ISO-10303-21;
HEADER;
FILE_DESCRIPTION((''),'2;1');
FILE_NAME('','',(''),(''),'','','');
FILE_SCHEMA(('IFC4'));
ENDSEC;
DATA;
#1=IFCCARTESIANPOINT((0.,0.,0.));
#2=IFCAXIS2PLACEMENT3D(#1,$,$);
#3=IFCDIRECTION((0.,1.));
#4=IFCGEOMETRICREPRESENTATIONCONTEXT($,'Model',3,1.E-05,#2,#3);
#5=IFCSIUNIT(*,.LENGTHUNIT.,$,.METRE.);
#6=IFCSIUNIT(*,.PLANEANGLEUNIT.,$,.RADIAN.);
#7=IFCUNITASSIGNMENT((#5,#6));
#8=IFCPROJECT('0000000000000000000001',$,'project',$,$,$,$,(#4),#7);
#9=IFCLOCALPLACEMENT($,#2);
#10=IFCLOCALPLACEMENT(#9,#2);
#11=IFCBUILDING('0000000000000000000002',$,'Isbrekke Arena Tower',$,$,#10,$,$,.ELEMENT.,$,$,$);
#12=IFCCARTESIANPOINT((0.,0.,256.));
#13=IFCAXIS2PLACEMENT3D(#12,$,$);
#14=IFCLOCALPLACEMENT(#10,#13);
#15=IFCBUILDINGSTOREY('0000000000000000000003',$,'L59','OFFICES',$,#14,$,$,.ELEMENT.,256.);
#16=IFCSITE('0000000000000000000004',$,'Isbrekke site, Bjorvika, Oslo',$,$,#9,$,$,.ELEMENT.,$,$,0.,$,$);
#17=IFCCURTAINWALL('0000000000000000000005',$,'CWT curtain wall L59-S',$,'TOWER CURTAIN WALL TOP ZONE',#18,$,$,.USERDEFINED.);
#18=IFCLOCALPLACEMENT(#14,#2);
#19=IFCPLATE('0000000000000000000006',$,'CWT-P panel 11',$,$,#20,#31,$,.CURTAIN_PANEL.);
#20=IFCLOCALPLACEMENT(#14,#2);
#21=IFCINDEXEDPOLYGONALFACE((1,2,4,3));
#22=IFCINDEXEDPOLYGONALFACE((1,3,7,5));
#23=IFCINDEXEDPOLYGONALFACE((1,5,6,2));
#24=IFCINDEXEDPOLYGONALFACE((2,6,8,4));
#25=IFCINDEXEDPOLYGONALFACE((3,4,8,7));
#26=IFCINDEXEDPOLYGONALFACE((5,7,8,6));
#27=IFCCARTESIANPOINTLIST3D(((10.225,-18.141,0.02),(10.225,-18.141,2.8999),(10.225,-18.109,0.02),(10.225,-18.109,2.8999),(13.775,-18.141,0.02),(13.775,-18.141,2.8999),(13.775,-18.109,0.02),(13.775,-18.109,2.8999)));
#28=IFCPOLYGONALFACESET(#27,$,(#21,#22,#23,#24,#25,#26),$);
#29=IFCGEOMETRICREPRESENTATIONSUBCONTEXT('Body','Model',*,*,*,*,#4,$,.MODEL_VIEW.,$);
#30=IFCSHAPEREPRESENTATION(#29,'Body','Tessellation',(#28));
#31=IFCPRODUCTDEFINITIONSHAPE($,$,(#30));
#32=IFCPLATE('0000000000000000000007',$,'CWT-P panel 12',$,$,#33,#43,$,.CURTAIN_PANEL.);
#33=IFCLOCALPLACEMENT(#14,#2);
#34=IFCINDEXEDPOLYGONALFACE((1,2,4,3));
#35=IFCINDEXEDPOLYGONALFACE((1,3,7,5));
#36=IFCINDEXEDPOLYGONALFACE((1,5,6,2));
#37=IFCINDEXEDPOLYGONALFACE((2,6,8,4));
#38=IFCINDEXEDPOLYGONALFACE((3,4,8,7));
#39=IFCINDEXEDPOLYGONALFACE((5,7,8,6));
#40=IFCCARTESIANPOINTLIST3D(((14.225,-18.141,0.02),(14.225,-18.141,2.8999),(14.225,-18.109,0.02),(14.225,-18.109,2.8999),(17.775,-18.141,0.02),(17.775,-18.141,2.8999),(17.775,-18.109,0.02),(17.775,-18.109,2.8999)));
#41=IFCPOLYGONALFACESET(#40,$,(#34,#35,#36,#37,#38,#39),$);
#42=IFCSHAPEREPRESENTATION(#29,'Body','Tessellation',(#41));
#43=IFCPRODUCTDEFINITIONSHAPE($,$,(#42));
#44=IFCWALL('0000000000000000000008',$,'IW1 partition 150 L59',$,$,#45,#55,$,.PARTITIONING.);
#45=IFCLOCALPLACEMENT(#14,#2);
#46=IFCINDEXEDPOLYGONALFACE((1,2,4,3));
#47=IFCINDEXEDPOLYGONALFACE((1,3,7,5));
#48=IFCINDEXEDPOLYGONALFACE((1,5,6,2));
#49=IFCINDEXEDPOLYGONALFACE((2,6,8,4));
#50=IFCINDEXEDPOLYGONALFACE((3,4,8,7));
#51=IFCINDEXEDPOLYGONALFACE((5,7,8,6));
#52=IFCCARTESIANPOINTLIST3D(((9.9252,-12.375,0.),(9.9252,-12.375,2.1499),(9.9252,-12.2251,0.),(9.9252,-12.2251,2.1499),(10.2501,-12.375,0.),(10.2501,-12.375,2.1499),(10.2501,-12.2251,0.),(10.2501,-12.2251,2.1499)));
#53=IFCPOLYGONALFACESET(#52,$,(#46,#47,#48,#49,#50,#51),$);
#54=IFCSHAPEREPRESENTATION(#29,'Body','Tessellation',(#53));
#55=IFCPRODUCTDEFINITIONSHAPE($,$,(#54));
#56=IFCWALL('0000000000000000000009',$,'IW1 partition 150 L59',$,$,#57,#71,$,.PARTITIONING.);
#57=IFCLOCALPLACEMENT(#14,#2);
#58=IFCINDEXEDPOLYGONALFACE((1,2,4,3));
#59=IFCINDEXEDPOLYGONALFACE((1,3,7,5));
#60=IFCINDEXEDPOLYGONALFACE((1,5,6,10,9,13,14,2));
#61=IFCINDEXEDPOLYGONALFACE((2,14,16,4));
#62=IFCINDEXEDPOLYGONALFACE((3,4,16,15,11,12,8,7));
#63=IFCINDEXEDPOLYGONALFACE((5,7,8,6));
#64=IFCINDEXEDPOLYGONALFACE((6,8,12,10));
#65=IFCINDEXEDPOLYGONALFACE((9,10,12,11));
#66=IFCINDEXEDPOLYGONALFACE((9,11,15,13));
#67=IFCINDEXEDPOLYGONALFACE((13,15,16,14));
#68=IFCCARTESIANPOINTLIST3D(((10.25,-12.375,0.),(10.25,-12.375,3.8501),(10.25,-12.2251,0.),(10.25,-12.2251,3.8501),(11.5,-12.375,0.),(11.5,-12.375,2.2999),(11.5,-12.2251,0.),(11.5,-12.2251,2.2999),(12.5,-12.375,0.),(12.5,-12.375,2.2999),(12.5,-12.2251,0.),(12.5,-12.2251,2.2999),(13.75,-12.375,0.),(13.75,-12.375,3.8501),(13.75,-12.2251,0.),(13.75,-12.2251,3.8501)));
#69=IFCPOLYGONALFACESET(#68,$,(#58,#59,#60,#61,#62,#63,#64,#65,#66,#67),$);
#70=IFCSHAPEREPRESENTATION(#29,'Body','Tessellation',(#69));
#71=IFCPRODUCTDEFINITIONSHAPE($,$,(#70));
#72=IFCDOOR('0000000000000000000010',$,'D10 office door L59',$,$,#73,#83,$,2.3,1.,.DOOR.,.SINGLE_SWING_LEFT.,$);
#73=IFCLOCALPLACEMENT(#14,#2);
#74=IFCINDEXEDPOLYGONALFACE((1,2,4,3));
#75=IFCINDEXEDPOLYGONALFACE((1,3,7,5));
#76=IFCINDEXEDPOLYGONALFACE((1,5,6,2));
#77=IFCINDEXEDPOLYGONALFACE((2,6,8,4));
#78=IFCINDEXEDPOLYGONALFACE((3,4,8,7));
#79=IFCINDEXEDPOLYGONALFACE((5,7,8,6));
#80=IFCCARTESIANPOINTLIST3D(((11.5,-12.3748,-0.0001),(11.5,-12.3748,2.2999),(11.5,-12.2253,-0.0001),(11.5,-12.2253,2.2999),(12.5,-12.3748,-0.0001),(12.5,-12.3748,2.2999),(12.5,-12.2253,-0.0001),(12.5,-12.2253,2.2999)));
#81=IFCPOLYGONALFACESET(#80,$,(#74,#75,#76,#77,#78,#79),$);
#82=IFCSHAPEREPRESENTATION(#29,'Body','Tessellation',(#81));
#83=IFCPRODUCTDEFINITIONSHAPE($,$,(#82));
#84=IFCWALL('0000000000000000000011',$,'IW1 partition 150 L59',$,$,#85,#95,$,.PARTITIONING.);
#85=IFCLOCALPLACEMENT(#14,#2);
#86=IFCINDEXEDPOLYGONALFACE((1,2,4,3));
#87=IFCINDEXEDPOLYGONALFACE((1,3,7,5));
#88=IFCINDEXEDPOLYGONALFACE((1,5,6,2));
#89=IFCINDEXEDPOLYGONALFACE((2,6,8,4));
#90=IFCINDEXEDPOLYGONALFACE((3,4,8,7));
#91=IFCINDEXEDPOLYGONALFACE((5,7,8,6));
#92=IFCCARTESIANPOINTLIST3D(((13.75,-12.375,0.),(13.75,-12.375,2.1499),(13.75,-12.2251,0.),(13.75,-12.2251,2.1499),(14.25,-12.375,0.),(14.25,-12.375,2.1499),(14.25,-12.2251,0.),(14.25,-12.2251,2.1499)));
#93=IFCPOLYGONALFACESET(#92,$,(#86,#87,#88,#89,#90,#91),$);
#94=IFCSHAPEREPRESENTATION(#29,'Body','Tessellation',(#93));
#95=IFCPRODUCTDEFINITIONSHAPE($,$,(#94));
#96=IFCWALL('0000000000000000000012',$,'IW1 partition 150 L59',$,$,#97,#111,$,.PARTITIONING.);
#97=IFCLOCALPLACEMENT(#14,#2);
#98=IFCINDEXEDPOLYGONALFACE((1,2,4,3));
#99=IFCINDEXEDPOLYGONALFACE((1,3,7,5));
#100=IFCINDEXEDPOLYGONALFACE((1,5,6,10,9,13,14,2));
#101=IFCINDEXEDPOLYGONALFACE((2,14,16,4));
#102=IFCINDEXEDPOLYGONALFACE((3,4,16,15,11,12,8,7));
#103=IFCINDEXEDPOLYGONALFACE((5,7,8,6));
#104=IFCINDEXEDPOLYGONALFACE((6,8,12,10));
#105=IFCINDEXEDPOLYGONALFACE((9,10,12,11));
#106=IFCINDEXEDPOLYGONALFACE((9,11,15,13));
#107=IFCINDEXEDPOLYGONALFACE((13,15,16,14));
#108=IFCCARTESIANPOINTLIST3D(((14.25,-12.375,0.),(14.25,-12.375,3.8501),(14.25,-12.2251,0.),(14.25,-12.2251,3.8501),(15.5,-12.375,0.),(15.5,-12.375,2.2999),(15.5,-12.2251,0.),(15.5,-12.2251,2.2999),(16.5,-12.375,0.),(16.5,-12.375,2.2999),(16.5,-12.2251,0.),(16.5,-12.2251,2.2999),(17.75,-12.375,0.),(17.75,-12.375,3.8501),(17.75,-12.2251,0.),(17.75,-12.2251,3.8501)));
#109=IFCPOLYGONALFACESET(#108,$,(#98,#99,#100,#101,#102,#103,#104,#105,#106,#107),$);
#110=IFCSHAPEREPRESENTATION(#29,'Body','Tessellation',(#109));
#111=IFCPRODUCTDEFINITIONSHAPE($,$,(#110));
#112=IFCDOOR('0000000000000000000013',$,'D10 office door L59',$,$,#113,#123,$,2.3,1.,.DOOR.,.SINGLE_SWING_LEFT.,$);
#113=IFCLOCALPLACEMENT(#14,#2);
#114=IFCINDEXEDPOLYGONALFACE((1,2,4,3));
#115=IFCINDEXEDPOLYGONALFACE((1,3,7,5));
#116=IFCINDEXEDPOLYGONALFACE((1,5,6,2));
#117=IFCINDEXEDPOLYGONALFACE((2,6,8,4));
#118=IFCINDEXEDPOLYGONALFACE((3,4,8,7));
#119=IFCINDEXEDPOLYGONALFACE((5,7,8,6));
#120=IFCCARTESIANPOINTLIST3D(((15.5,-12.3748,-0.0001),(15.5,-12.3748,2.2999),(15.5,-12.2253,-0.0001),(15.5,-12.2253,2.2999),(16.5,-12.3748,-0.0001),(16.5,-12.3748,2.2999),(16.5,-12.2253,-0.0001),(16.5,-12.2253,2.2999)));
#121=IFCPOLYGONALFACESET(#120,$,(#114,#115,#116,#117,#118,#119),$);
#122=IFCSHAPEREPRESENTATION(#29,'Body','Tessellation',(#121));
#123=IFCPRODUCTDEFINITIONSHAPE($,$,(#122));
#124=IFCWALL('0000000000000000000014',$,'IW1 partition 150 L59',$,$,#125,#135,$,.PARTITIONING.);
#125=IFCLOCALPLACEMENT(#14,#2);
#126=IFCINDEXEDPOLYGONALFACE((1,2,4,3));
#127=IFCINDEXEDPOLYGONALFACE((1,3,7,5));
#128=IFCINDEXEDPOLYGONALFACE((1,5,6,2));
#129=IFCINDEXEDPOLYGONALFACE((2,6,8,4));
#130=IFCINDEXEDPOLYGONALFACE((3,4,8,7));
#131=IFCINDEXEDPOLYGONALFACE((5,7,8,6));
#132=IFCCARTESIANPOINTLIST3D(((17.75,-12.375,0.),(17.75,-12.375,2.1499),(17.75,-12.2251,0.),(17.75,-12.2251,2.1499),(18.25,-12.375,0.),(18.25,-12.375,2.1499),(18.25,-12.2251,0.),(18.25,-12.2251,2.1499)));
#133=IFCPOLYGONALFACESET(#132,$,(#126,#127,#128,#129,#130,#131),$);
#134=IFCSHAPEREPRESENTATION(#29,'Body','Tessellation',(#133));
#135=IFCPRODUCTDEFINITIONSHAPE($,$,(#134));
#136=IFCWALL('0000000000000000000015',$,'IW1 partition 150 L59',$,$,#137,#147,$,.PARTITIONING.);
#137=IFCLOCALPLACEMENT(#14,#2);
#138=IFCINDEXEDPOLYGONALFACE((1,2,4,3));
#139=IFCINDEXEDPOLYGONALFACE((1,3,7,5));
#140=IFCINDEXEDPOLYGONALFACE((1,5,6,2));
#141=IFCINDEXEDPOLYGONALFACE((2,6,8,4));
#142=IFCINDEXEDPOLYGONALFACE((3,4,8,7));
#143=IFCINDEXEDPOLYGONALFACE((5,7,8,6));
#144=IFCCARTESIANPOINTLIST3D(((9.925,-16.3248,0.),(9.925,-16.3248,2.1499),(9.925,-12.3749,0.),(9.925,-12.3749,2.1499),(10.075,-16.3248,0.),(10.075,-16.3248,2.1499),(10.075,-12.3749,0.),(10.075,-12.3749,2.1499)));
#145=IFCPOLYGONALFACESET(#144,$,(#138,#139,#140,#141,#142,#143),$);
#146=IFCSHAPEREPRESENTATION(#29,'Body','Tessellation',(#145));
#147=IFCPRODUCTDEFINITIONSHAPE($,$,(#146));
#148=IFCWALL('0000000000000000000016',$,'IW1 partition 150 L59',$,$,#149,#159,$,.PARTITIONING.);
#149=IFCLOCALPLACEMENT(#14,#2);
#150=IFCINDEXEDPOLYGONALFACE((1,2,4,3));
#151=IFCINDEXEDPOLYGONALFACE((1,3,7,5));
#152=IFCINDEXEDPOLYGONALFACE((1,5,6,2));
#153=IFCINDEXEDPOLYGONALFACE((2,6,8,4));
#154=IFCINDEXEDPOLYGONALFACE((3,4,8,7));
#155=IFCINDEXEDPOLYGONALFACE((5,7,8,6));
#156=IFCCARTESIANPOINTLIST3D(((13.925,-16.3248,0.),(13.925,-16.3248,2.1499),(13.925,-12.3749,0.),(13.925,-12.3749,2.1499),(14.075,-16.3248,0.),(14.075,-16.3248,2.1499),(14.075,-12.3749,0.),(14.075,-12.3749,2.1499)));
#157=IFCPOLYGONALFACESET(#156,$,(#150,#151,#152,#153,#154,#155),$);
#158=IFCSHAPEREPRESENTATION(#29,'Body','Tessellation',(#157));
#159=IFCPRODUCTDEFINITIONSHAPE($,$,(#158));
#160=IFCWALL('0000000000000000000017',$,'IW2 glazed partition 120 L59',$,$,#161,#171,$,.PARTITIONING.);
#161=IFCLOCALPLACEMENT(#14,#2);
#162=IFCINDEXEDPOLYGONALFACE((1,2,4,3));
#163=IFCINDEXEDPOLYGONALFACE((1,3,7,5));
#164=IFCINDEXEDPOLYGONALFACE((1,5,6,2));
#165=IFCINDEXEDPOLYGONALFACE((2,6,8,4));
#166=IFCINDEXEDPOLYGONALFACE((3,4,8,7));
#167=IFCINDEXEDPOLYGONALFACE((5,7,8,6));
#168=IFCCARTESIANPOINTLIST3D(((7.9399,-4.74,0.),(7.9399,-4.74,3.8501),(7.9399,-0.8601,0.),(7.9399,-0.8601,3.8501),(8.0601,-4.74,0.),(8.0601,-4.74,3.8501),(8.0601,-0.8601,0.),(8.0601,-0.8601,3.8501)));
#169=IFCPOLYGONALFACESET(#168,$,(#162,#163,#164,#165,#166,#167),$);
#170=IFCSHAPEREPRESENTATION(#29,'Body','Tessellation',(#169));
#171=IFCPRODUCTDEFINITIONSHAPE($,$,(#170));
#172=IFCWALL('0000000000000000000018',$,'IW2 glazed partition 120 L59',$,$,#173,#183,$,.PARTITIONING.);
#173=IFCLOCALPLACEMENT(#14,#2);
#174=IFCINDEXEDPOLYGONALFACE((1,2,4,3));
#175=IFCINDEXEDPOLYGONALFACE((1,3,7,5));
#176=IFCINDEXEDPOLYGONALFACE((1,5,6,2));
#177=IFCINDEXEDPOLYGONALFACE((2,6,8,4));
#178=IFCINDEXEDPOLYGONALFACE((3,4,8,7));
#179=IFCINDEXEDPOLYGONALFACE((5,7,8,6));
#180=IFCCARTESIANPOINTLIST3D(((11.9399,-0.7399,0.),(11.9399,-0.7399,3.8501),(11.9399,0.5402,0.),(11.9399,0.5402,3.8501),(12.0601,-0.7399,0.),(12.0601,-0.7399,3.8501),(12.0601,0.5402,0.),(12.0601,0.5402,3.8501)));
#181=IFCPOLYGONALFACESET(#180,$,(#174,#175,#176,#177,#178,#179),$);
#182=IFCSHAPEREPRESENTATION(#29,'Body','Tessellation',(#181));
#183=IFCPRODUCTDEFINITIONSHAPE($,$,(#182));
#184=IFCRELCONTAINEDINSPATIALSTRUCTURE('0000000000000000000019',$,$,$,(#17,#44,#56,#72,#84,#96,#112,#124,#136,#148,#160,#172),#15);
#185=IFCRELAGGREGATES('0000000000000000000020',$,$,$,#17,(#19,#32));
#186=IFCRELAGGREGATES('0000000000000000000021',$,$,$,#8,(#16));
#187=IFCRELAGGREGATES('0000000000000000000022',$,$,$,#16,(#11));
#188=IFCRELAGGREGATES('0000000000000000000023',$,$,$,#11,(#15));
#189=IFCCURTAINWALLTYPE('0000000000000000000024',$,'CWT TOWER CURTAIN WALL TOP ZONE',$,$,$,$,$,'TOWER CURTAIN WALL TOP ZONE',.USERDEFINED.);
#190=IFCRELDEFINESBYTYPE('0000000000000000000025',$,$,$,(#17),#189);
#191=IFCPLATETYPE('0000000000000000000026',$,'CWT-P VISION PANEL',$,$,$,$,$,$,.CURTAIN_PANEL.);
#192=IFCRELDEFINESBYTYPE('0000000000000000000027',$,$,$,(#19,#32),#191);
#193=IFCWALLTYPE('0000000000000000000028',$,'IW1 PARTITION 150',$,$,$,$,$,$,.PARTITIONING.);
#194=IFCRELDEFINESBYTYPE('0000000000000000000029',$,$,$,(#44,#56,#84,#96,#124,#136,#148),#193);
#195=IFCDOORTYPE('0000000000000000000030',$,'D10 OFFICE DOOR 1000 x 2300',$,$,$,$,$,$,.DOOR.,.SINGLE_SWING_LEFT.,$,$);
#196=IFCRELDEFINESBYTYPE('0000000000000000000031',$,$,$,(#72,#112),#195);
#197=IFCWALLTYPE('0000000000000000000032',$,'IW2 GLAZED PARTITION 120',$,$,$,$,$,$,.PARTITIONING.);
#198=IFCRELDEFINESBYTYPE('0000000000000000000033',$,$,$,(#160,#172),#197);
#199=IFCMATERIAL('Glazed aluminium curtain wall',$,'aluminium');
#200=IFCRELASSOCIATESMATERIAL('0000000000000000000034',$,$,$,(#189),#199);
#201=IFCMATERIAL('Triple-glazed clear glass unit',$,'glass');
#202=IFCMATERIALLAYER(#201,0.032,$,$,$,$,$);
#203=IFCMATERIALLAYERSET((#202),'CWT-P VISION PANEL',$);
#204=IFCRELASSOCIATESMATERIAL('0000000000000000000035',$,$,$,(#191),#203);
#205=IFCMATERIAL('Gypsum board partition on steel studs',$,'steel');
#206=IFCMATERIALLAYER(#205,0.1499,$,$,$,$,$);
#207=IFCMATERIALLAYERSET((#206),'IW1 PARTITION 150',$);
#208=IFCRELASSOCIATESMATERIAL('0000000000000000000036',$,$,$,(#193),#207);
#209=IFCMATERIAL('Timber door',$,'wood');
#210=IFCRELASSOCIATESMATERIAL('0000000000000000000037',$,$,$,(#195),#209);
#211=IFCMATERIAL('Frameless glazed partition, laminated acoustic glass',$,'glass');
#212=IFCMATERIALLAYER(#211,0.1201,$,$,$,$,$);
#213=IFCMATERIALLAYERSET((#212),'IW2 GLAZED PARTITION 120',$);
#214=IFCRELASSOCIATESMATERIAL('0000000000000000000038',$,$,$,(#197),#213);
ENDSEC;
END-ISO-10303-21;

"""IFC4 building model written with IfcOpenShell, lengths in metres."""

from ifc_helpers import new_model, si_unit, direction, frame, frame_2d, origin, origin_2d, place, context, subcontext, project, spatial, rectangle, extrude, material, layer, layer_set, type_object, element, fill, aggregate, save


model = new_model("IFC4")

# Units and contexts
model_context = context("Model", 3, precision=1e-05, world=origin(), true_north=direction((0.0, 1.0)))
body_context = subcontext(model_context, "Body", "Model", "MODEL_VIEW")
ifc_project = project(units=[si_unit("LENGTHUNIT", "METRE"), si_unit("PLANEANGLEUNIT", "RADIAN")], contexts=[model_context])

# Site, building, storey
site_placement = place(None, origin())
site = spatial("IfcSite", under=ifc_project, at=site_placement, Name="Isbrekke site, Bjorvika, Oslo", CompositionType="ELEMENT", RefElevation=0.0)
building_placement = place(site_placement, origin())
building = spatial("IfcBuilding", under=site, at=building_placement, Name="Isbrekke Arena Tower", CompositionType="ELEMENT")
storey_placement = place(building_placement, frame((0.0, 0.0, 256.0)))
storey = spatial("IfcBuildingStorey", under=building, at=storey_placement, Name="L59", Description="OFFICES", CompositionType="ELEMENT", Elevation=256.0)

# Curtain wall
ifc_material_1 = material(Name="Glazed aluminium curtain wall", Category="aluminium")
curtain_wall_type = type_object("IfcCurtainWallType", Name="CWT TOWER CURTAIN WALL TOP ZONE", ElementType="TOWER CURTAIN WALL TOP ZONE", PredefinedType="USERDEFINED", material=ifc_material_1)
curtain_wall_placement = place(storey_placement, origin())
curtain_wall = element("IfcCurtainWall", 1, at=curtain_wall_placement, inside=storey, type_object=curtain_wall_type, Name="CWT curtain wall L59-S", ObjectType="TOWER CURTAIN WALL TOP ZONE", PredefinedType="USERDEFINED")

# Plates
ifc_material_2 = material(Name="Triple-glazed clear glass unit", Category="glass")
ifc_layer_1 = layer(ifc_material_2, 0.032)
ifc_layer_set_1 = layer_set([ifc_layer_1], Name="CWT-P VISION PANEL")
plate_type = type_object("IfcPlateType", Name="CWT-P VISION PANEL", PredefinedType="CURTAIN_PANEL", material=ifc_layer_set_1)
plate_1_placement = place(storey_placement, frame((12.0, -18.125, 0.02), z_axis=(0.0, 0.0, 1.0), x_axis=(1.0, 0.0, 0.0)))
plate_1 = element("IfcPlate", 2, at=plate_1_placement, type_object=plate_type, Name="CWT-P panel 11", PredefinedType="CURTAIN_PANEL", context=body_context, shape_type="SweptSolid", body=[
    extrude(rectangle(XDim=3.55, YDim=0.032, at=origin_2d()), origin(), (0.0, 0.0, 1.0), 2.8799),
])
plate_2_placement = place(storey_placement, frame((16.0, -18.125, 0.02), z_axis=(0.0, 0.0, 1.0), x_axis=(1.0, 0.0, 0.0)))
plate_2 = element("IfcPlate", 3, at=plate_2_placement, type_object=plate_type, Name="CWT-P panel 12", PredefinedType="CURTAIN_PANEL", context=body_context, shape_type="SweptSolid", body=[
    extrude(rectangle(XDim=3.55, YDim=0.032, at=origin_2d()), origin(), (0.0, 0.0, 1.0), 2.8799),
])
aggregate(curtain_wall, [plate_1, plate_2])

# Wall
ifc_material_3 = material(Name="Gypsum board partition on steel studs", Category="steel")
ifc_layer_2 = layer(ifc_material_3, 0.1499)
ifc_layer_set_2 = layer_set([ifc_layer_2], Name="IW1 PARTITION 150")
wall_type_1 = type_object("IfcWallType", Name="IW1 PARTITION 150", PredefinedType="PARTITIONING", material=ifc_layer_set_2)
wall_1_placement = place(storey_placement, frame((9.925, -12.3, 0.0), z_axis=(0.0, 0.0, 1.0), x_axis=(1.0, 0.0, 0.0)))
element("IfcWall", 4, at=wall_1_placement, inside=storey, type_object=wall_type_1, Name="IW1 partition 150 L59", PredefinedType="PARTITIONING", context=body_context, shape_type="SweptSolid", body=[
    extrude(rectangle(XDim=0.325, YDim=0.1499, at=frame_2d((0.1626, 0.0))), origin(), (0.0, 0.0, 1.0), 2.1499),
])

# Wall, opening, door
wall_2_placement = place(storey_placement, frame((10.25, -12.3, 0.0), z_axis=(0.0, 0.0, 1.0), x_axis=(1.0, 0.0, 0.0)))
wall_2 = element("IfcWall", 5, at=wall_2_placement, inside=storey, type_object=wall_type_1, Name="IW1 partition 150 L59", PredefinedType="PARTITIONING", context=body_context, shape_type="SweptSolid", body=[
    extrude(rectangle(XDim=3.5, YDim=0.1499, at=frame_2d((1.75, 0.0))), origin(), (0.0, 0.0, 1.0), 3.8501),
])
opening_1_placement = place(wall_2_placement, frame((1.25, 0.0, 0.0)))
opening_1 = element("IfcOpeningElement", 6, at=opening_1_placement, cuts=wall_2, PredefinedType="OPENING", context=body_context, shape_type="SweptSolid", body=[
    extrude(rectangle(XDim=1.0, YDim=2.3, at=frame_2d((0.5, 1.1499))), frame((0.0, 0.0898, 0.0), z_axis=(0.0, -1.0, 0.0), x_axis=(1.0, 0.0, 0.0)), (0.0, 0.0, 1.0), 0.1797),
])
ifc_material_4 = material(Name="Timber door", Category="wood")
door_type = type_object("IfcDoorType", Name="D10 OFFICE DOOR 1000 x 2300", OperationType="SINGLE_SWING_LEFT", PredefinedType="DOOR", material=ifc_material_4)
door_1_placement = place(opening_1_placement, origin())
door_1 = element("IfcDoor", 7, at=door_1_placement, inside=storey, type_object=door_type, Name="D10 office door L59", OperationType="SINGLE_SWING_LEFT", OverallHeight=2.3, OverallWidth=1.0, PredefinedType="DOOR", context=body_context, shape_type="SweptSolid", body=[
    extrude(rectangle(XDim=1.0, YDim=2.3, at=frame_2d((0.5, 1.1499))), frame((0.0, 0.0747, 0.0), z_axis=(0.0, -1.0, 0.0), x_axis=(1.0, 0.0, 0.0)), (0.0, 0.0, 1.0), 0.1494),
])
fill(opening_1, door_1)

# Wall
wall_3_placement = place(storey_placement, frame((13.75, -12.3, 0.0), z_axis=(0.0, 0.0, 1.0), x_axis=(1.0, 0.0, 0.0)))
element("IfcWall", 8, at=wall_3_placement, inside=storey, type_object=wall_type_1, Name="IW1 partition 150 L59", PredefinedType="PARTITIONING", context=body_context, shape_type="SweptSolid", body=[
    extrude(rectangle(XDim=0.5, YDim=0.1499, at=frame_2d((0.25, 0.0))), origin(), (0.0, 0.0, 1.0), 2.1499),
])

# Wall, opening, door
wall_4_placement = place(storey_placement, frame((14.25, -12.3, 0.0), z_axis=(0.0, 0.0, 1.0), x_axis=(1.0, 0.0, 0.0)))
wall_4 = element("IfcWall", 9, at=wall_4_placement, inside=storey, type_object=wall_type_1, Name="IW1 partition 150 L59", PredefinedType="PARTITIONING", context=body_context, shape_type="SweptSolid", body=[
    extrude(rectangle(XDim=3.5, YDim=0.1499, at=frame_2d((1.75, 0.0))), origin(), (0.0, 0.0, 1.0), 3.8501),
])
opening_2_placement = place(wall_4_placement, frame((1.25, 0.0, 0.0)))
opening_2 = element("IfcOpeningElement", 10, at=opening_2_placement, cuts=wall_4, PredefinedType="OPENING", context=body_context, shape_type="SweptSolid", body=[
    extrude(rectangle(XDim=1.0, YDim=2.3, at=frame_2d((0.5, 1.1499))), frame((0.0, 0.0898, 0.0), z_axis=(0.0, -1.0, 0.0), x_axis=(1.0, 0.0, 0.0)), (0.0, 0.0, 1.0), 0.1797),
])
door_2_placement = place(opening_2_placement, origin())
door_2 = element("IfcDoor", 11, at=door_2_placement, inside=storey, type_object=door_type, Name="D10 office door L59", OperationType="SINGLE_SWING_LEFT", OverallHeight=2.3, OverallWidth=1.0, PredefinedType="DOOR", context=body_context, shape_type="SweptSolid", body=[
    extrude(rectangle(XDim=1.0, YDim=2.3, at=frame_2d((0.5, 1.1499))), frame((0.0, 0.0747, 0.0), z_axis=(0.0, -1.0, 0.0), x_axis=(1.0, 0.0, 0.0)), (0.0, 0.0, 1.0), 0.1494),
])
fill(opening_2, door_2)

# Walls
wall_5_placement = place(storey_placement, frame((17.75, -12.3, 0.0), z_axis=(0.0, 0.0, 1.0), x_axis=(1.0, 0.0, 0.0)))
element("IfcWall", 12, at=wall_5_placement, inside=storey, type_object=wall_type_1, Name="IW1 partition 150 L59", PredefinedType="PARTITIONING", context=body_context, shape_type="SweptSolid", body=[
    extrude(rectangle(XDim=0.5, YDim=0.1499, at=frame_2d((0.25, 0.0))), origin(), (0.0, 0.0, 1.0), 2.1499),
])
for number, where, z_axis, x_axis, name in (
    (13, (10.0, -16.325, 0.0), (0.0, 0.0, 1.0), (0.0, 1.0, 0.0), "IW1 partition 150 L59"),
    (14, (14.0, -16.325, 0.0), (0.0, 0.0, 1.0), (0.0, 1.0, 0.0), "IW1 partition 150 L59"),
):
    element("IfcWall", number, at=place(storey_placement, frame(where, z_axis=z_axis, x_axis=x_axis)), inside=storey, type_object=wall_type_1, Name=name, PredefinedType="PARTITIONING", context=body_context, shape_type="SweptSolid", body=[
        extrude(rectangle(XDim=3.95, YDim=0.1499, at=frame_2d((1.9751, 0.0))), origin(), (0.0, 0.0, 1.0), 2.1499),
    ])
ifc_material_5 = material(Name="Frameless glazed partition, laminated acoustic glass", Category="glass")
ifc_layer_3 = layer(ifc_material_5, 0.1201)
ifc_layer_set_3 = layer_set([ifc_layer_3], Name="IW2 GLAZED PARTITION 120")
wall_type_2 = type_object("IfcWallType", Name="IW2 GLAZED PARTITION 120", PredefinedType="PARTITIONING", material=ifc_layer_set_3)
wall_6_placement = place(storey_placement, frame((8.0, -4.74, 0.0), z_axis=(0.0, 0.0, 1.0), x_axis=(0.0, 1.0, 0.0)))
element("IfcWall", 15, at=wall_6_placement, inside=storey, type_object=wall_type_2, Name="IW2 glazed partition 120 L59", PredefinedType="PARTITIONING", context=body_context, shape_type="SweptSolid", body=[
    extrude(rectangle(XDim=3.8799, YDim=0.1201, at=frame_2d((1.9399, 0.0))), origin(), (0.0, 0.0, 1.0), 3.8501),
])
wall_7_placement = place(storey_placement, frame((12.0, -0.74, 0.0), z_axis=(0.0, 0.0, 1.0), x_axis=(0.0, 1.0, 0.0)))
element("IfcWall", 16, at=wall_7_placement, inside=storey, type_object=wall_type_2, Name="IW2 glazed partition 120 L59", PredefinedType="PARTITIONING", context=body_context, shape_type="SweptSolid", body=[
    extrude(rectangle(XDim=1.28, YDim=0.1201, at=frame_2d((0.6401, 0.0))), origin(), (0.0, 0.0, 1.0), 3.8501),
])

save(model, "model.ifc")
